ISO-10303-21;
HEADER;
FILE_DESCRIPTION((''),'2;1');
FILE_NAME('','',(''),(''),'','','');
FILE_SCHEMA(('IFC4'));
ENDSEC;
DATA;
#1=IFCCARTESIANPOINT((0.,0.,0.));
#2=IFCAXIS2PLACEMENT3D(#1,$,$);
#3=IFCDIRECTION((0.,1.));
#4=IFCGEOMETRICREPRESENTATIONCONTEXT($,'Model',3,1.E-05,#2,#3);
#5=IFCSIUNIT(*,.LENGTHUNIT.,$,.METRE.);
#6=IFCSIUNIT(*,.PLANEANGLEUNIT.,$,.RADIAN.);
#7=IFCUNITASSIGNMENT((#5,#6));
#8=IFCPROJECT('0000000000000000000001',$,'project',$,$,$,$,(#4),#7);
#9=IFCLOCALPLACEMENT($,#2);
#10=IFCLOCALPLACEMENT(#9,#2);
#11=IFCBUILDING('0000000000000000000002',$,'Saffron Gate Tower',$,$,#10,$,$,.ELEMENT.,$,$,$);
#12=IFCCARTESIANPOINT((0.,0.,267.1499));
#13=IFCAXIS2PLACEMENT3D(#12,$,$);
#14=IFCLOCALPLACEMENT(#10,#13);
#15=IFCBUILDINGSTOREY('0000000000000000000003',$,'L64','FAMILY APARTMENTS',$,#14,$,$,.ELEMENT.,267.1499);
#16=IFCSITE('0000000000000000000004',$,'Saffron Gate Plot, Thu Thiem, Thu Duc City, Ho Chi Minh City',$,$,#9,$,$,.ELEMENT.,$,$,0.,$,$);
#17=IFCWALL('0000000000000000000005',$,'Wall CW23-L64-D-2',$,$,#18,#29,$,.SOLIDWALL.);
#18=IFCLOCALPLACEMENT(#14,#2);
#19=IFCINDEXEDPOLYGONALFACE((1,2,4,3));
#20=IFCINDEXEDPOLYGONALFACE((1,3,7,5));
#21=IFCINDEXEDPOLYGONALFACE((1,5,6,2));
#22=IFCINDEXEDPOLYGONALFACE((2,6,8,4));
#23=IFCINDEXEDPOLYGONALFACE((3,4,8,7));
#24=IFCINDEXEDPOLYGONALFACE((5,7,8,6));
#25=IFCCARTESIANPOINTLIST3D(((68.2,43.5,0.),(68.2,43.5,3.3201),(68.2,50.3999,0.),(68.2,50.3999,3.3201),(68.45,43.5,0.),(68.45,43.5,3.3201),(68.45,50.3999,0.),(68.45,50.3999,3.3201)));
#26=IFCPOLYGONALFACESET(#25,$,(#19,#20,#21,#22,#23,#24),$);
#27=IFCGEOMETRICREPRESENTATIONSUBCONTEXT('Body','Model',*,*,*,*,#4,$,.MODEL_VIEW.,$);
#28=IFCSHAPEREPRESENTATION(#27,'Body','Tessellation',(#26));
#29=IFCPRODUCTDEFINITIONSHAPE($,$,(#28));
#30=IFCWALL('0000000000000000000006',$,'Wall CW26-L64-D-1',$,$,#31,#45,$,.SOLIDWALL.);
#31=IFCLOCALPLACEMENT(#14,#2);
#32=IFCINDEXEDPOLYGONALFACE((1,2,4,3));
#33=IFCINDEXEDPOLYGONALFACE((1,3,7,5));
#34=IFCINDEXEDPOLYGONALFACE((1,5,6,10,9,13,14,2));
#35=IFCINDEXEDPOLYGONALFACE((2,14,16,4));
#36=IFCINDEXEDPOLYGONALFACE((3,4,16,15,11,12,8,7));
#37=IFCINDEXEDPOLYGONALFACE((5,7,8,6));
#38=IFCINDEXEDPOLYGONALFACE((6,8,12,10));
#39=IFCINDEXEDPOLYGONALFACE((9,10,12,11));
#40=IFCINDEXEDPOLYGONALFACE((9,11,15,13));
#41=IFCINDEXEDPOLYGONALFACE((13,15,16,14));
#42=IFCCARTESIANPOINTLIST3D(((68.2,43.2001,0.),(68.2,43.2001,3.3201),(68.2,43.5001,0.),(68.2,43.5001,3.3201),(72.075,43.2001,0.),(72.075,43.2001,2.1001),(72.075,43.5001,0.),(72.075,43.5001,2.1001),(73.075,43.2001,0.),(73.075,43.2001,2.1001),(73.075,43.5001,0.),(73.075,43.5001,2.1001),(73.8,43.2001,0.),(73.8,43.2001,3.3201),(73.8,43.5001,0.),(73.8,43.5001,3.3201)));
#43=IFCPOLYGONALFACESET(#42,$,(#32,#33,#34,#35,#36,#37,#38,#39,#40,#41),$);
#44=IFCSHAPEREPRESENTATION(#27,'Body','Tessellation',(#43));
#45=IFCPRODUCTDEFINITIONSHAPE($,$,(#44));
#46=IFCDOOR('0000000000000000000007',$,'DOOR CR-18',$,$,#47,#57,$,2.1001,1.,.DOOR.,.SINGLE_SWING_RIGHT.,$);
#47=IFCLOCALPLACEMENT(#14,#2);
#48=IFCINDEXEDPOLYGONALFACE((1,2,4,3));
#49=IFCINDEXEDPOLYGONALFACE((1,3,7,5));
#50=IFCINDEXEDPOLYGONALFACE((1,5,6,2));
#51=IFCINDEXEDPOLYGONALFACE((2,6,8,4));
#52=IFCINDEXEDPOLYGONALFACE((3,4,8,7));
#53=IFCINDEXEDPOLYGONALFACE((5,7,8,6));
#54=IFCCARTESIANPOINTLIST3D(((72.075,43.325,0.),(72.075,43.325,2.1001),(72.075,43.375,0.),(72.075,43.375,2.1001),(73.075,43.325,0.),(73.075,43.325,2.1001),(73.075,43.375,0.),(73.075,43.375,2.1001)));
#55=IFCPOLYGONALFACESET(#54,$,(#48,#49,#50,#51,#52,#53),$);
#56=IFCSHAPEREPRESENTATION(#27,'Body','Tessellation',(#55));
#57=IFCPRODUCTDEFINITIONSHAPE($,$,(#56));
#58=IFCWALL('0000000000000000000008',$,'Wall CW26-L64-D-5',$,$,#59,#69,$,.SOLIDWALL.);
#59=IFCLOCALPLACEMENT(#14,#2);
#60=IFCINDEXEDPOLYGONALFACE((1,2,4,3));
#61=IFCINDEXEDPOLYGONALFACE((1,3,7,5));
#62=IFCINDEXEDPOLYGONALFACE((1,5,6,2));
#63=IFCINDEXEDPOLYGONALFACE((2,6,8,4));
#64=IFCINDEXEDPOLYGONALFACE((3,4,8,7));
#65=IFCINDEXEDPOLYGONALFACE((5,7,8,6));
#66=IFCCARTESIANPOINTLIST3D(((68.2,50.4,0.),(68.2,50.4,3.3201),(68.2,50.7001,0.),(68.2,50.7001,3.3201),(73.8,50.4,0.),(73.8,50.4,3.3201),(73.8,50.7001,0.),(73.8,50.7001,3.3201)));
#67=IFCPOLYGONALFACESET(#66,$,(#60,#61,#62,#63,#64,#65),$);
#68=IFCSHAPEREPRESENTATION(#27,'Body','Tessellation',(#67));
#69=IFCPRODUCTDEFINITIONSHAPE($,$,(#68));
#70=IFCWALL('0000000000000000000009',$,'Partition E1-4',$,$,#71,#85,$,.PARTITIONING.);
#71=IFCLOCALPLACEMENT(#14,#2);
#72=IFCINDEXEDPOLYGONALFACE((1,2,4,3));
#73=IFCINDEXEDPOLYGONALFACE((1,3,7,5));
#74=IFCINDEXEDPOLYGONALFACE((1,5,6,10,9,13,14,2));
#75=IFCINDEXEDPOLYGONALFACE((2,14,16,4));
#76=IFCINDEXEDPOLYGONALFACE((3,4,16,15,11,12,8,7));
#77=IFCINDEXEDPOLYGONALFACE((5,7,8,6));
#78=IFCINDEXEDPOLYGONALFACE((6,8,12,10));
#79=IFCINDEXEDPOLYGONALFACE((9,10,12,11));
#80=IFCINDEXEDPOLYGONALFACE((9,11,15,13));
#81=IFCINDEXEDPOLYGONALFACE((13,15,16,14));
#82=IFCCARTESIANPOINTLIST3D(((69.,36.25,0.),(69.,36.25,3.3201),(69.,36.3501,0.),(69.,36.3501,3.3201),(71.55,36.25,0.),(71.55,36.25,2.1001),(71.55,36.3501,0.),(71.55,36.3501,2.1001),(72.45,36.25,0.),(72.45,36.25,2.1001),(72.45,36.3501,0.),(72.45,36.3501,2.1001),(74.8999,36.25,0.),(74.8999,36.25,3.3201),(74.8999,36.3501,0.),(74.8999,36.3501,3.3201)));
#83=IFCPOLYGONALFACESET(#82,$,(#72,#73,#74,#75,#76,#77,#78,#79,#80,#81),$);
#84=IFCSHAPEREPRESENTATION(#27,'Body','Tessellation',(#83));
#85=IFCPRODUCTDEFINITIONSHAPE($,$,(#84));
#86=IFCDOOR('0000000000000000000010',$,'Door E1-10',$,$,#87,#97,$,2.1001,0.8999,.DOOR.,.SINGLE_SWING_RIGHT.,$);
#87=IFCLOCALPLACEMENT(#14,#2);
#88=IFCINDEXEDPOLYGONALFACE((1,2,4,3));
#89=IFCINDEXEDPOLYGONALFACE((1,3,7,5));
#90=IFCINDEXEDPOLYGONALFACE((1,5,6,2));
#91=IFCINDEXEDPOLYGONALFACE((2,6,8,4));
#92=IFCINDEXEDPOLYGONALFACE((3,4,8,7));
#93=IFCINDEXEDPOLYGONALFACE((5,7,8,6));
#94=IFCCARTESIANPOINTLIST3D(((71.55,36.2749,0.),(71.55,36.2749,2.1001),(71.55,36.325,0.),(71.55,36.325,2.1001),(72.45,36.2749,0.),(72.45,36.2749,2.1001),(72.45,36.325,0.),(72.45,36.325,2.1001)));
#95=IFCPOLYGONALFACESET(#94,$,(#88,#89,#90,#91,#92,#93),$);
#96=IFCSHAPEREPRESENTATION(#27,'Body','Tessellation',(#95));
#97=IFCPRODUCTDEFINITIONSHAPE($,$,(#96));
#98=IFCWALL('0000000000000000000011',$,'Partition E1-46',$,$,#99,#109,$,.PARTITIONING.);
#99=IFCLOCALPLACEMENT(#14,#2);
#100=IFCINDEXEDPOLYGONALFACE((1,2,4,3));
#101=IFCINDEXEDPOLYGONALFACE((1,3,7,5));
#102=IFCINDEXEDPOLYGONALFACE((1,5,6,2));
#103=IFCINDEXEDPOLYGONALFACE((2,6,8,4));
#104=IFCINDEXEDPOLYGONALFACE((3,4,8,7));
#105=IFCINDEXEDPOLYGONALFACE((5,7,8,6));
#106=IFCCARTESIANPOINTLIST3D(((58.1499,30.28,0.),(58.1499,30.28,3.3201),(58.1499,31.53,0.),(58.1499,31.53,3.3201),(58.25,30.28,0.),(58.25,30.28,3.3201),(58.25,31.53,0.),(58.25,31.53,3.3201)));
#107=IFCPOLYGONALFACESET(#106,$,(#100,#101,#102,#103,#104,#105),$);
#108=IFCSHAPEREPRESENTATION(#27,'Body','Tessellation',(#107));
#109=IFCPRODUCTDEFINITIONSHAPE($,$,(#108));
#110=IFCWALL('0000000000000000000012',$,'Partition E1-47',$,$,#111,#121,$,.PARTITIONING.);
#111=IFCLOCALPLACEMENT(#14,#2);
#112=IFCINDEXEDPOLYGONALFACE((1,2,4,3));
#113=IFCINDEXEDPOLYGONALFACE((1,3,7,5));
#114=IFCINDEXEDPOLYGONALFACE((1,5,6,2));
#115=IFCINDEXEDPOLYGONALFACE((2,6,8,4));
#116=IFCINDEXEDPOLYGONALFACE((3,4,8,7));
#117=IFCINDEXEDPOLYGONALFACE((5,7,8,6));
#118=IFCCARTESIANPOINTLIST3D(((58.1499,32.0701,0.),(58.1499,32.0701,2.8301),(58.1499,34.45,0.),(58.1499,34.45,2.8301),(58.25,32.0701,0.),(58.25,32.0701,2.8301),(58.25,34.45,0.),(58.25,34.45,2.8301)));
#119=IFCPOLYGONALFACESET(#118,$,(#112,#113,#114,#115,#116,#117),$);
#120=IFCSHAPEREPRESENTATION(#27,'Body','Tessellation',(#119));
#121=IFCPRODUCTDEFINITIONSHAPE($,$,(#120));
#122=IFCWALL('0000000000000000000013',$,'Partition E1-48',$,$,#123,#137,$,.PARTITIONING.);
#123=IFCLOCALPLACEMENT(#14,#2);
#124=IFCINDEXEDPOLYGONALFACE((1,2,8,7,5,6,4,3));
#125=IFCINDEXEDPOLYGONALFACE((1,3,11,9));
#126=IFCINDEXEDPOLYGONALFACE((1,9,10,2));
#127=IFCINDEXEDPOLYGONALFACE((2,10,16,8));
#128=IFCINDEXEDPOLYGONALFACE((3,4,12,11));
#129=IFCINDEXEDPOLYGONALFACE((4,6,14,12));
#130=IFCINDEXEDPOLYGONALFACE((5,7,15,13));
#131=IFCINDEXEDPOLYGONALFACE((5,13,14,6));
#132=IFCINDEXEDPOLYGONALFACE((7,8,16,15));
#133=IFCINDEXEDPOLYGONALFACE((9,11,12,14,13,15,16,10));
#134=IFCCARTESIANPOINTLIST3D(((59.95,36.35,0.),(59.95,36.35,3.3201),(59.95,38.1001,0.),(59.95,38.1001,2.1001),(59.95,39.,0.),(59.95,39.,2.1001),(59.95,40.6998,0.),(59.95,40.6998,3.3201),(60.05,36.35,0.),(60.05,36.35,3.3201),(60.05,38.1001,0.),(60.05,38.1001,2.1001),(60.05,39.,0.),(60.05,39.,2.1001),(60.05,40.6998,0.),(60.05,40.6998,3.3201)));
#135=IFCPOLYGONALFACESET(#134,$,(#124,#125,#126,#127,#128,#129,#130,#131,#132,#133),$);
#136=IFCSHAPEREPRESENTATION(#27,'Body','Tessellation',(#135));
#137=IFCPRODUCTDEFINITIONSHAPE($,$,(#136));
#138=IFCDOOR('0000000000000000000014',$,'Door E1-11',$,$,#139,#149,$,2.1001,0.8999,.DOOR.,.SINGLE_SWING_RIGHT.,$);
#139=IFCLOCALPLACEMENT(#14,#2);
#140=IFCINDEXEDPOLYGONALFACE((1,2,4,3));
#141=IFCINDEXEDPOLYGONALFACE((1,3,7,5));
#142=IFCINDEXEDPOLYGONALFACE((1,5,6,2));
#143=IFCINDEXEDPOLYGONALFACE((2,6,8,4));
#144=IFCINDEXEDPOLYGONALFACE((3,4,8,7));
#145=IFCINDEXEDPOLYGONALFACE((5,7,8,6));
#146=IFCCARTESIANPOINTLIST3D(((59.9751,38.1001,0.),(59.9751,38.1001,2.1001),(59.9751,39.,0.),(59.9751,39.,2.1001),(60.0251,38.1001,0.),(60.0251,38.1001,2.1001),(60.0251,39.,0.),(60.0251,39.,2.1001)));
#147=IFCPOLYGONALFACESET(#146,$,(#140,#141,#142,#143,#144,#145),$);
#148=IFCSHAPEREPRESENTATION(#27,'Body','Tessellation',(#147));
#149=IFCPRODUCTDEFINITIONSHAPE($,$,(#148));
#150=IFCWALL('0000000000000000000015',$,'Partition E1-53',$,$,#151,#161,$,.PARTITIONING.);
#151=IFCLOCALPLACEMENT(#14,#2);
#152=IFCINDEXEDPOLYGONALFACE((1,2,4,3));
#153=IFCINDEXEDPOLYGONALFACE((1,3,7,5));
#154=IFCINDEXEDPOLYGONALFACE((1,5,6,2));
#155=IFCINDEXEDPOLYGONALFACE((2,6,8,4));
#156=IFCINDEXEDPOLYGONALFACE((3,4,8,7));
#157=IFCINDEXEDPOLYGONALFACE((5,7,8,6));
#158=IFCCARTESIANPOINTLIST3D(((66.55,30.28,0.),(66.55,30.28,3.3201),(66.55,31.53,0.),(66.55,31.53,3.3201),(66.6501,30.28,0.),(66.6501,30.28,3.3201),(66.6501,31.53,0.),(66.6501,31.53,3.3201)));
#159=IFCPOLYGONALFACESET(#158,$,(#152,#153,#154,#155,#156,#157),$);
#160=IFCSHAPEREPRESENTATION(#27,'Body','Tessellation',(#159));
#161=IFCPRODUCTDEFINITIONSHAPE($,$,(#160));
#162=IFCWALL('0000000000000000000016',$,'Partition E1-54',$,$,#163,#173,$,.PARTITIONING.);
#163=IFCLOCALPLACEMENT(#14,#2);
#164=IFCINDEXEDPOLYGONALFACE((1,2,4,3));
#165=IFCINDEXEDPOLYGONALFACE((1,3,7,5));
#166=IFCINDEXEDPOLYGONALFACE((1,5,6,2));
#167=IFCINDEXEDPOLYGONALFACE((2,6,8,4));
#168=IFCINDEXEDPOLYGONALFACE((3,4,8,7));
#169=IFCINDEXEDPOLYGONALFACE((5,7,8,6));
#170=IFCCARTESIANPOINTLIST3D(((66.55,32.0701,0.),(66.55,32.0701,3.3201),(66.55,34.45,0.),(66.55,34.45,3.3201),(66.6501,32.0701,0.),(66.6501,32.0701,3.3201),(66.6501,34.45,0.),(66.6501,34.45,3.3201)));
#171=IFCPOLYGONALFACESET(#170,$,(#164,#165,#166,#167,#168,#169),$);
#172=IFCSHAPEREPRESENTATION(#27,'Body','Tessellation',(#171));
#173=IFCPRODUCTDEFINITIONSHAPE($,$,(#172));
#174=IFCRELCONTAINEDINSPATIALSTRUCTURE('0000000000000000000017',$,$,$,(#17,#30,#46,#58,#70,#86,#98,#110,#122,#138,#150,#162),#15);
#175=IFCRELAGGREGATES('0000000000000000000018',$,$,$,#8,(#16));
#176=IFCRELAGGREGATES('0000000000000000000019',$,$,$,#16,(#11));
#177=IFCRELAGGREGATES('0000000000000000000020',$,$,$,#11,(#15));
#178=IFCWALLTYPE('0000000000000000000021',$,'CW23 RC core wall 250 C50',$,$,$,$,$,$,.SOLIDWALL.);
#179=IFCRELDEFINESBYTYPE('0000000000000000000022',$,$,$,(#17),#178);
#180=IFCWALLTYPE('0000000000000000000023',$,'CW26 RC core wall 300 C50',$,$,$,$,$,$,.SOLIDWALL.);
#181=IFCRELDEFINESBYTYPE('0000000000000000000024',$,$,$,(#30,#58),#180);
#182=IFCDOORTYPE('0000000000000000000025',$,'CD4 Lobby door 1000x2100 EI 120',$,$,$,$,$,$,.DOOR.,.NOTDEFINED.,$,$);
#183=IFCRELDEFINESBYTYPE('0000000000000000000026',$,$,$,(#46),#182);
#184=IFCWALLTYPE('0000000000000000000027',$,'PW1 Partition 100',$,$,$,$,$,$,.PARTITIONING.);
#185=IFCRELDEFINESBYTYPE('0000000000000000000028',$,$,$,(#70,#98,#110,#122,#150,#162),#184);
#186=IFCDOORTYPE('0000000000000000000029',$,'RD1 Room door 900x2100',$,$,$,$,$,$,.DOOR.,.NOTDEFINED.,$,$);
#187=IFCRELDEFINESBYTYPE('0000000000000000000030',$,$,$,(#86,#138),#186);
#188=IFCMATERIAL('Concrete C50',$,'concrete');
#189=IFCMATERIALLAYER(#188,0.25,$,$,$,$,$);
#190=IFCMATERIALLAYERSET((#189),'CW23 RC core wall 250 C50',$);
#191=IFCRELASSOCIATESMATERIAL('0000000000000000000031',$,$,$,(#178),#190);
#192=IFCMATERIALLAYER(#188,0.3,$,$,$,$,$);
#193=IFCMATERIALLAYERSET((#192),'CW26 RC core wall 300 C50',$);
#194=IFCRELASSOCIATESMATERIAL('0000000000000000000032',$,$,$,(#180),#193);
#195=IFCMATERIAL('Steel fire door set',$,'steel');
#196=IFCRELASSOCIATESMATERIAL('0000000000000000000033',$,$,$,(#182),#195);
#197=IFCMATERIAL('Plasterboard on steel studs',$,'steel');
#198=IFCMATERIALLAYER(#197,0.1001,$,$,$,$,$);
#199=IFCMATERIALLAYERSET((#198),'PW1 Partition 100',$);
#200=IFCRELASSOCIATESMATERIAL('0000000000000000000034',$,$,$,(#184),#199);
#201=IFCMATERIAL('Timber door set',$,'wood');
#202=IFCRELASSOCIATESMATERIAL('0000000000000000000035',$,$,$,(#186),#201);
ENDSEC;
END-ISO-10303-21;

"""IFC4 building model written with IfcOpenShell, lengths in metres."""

from ifc_helpers import new_model, si_unit, direction, frame, frame_2d, origin, place, context, subcontext, project, spatial, rectangle, extrude, material, layer, layer_set, type_object, element, fill, save


model = new_model("IFC4")

# Units and contexts
model_context = context("Model", 3, precision=1e-05, world=origin(), true_north=direction((0.0, 1.0)))
body_context = subcontext(model_context, "Body", "Model", "MODEL_VIEW")
ifc_project = project(units=[si_unit("LENGTHUNIT", "METRE"), si_unit("PLANEANGLEUNIT", "RADIAN")], contexts=[model_context])

# Site, building, storey
site_placement = place(None, origin())
site = spatial("IfcSite", under=ifc_project, at=site_placement, Name="Saffron Gate Plot, Thu Thiem, Thu Duc City, Ho Chi Minh City", CompositionType="ELEMENT", RefElevation=0.0)
building_placement = place(site_placement, origin())
building = spatial("IfcBuilding", under=site, at=building_placement, Name="Saffron Gate Tower", CompositionType="ELEMENT")
storey_placement = place(building_placement, frame((0.0, 0.0, 267.1499)))
storey = spatial("IfcBuildingStorey", under=building, at=storey_placement, Name="L64", Description="FAMILY APARTMENTS", CompositionType="ELEMENT", Elevation=267.1499)

# Wall
ifc_material_1 = material(Name="Concrete C50", Category="concrete")
ifc_layer_1 = layer(ifc_material_1, 0.25)
ifc_layer_set_1 = layer_set([ifc_layer_1], Name="CW23 RC core wall 250 C50")
wall_type_1 = type_object("IfcWallType", Name="CW23 RC core wall 250 C50", PredefinedType="SOLIDWALL", material=ifc_layer_set_1)
wall_1_placement = place(storey_placement, frame((68.325, 43.5, 0.0), z_axis=(0.0, 0.0, 1.0), x_axis=(0.0, 1.0, 0.0)))
element("IfcWall", 1, at=wall_1_placement, inside=storey, type_object=wall_type_1, Name="Wall CW23-L64-D-2", PredefinedType="SOLIDWALL", context=body_context, shape_type="SweptSolid", body=[
    extrude(rectangle(XDim=6.8999, YDim=0.25, at=frame_2d((3.45, 0.0))), origin(), (0.0, 0.0, 1.0), 3.3201),
])

# Wall, opening, door
ifc_layer_2 = layer(ifc_material_1, 0.3)
ifc_layer_set_2 = layer_set([ifc_layer_2], Name="CW26 RC core wall 300 C50")
wall_type_2 = type_object("IfcWallType", Name="CW26 RC core wall 300 C50", PredefinedType="SOLIDWALL", material=ifc_layer_set_2)
wall_2_placement = place(storey_placement, frame((68.2, 43.3501, 0.0), z_axis=(0.0, 0.0, 1.0), x_axis=(1.0, 0.0, 0.0)))
wall_2 = element("IfcWall", 2, at=wall_2_placement, inside=storey, type_object=wall_type_2, Name="Wall CW26-L64-D-1", PredefinedType="SOLIDWALL", context=body_context, shape_type="SweptSolid", body=[
    extrude(rectangle(XDim=5.6001, YDim=0.3, at=frame_2d((2.8, 0.0))), origin(), (0.0, 0.0, 1.0), 3.3201),
])
opening_1_placement = place(wall_2_placement, frame((3.875, 0.0, 0.0)))
opening_1 = element("IfcOpeningElement", 3, at=opening_1_placement, cuts=wall_2, PredefinedType="OPENING", context=body_context, shape_type="SweptSolid", body=[
    extrude(rectangle(XDim=1.0, YDim=2.1001, at=frame_2d((0.5, 1.05))), frame((0.0, 0.1602, 0.0), z_axis=(0.0, -1.0, 0.0), x_axis=(1.0, 0.0, 0.0)), (0.0, 0.0, 1.0), 0.3201),
])
ifc_material_2 = material(Name="Steel fire door set", Category="steel")
door_type_1 = type_object("IfcDoorType", Name="CD4 Lobby door 1000x2100 EI 120", OperationType="NOTDEFINED", PredefinedType="DOOR", material=ifc_material_2)
door_1_placement = place(opening_1_placement, origin())
door_1 = element("IfcDoor", 4, at=door_1_placement, inside=storey, type_object=door_type_1, Name="DOOR CR-18", OperationType="SINGLE_SWING_RIGHT", OverallHeight=2.1001, OverallWidth=1.0, PredefinedType="DOOR", context=body_context, shape_type="SweptSolid", body=[
    extrude(rectangle(XDim=1.0, YDim=2.1001, at=frame_2d((0.5, 1.05))), frame((0.0, 0.0249, 0.0), z_axis=(0.0, -1.0, 0.0), x_axis=(1.0, 0.0, 0.0)), (0.0, 0.0, 1.0), 0.05),
])
fill(opening_1, door_1)

# Wall
wall_3_placement = place(storey_placement, frame((68.2, 50.55, 0.0), z_axis=(0.0, 0.0, 1.0), x_axis=(1.0, 0.0, 0.0)))
element("IfcWall", 5, at=wall_3_placement, inside=storey, type_object=wall_type_2, Name="Wall CW26-L64-D-5", PredefinedType="SOLIDWALL", context=body_context, shape_type="SweptSolid", body=[
    extrude(rectangle(XDim=5.6001, YDim=0.3, at=frame_2d((2.8, 0.0))), origin(), (0.0, 0.0, 1.0), 3.3201),
])

# Wall, opening, door
ifc_material_3 = material(Name="Plasterboard on steel studs", Category="steel")
ifc_layer_3 = layer(ifc_material_3, 0.1001)
ifc_layer_set_3 = layer_set([ifc_layer_3], Name="PW1 Partition 100")
wall_type_3 = type_object("IfcWallType", Name="PW1 Partition 100", PredefinedType="PARTITIONING", material=ifc_layer_set_3)
wall_4_placement = place(storey_placement, frame((69.0, 36.3, 0.0), z_axis=(0.0, 0.0, 1.0), x_axis=(1.0, 0.0, 0.0)))
wall_4 = element("IfcWall", 6, at=wall_4_placement, inside=storey, type_object=wall_type_3, Name="Partition E1-4", PredefinedType="PARTITIONING", context=body_context, shape_type="SweptSolid", body=[
    extrude(rectangle(XDim=5.8999, YDim=0.1001, at=frame_2d((2.95, 0.0))), origin(), (0.0, 0.0, 1.0), 3.3201),
])
opening_2_placement = place(wall_4_placement, frame((2.55, 0.0, 0.0)))
opening_2 = element("IfcOpeningElement", 7, at=opening_2_placement, cuts=wall_4, PredefinedType="OPENING", context=body_context, shape_type="SweptSolid", body=[
    extrude(rectangle(XDim=0.8999, YDim=2.1001, at=frame_2d((0.45, 1.05))), frame((0.0, 0.0601, 0.0), z_axis=(0.0, -1.0, 0.0), x_axis=(1.0, 0.0, 0.0)), (0.0, 0.0, 1.0), 0.1201),
])
ifc_material_4 = material(Name="Timber door set", Category="wood")
door_type_2 = type_object("IfcDoorType", Name="RD1 Room door 900x2100", OperationType="NOTDEFINED", PredefinedType="DOOR", material=ifc_material_4)
door_2_placement = place(opening_2_placement, origin())
door_2 = element("IfcDoor", 8, at=door_2_placement, inside=storey, type_object=door_type_2, Name="Door E1-10", OperationType="SINGLE_SWING_RIGHT", OverallHeight=2.1001, OverallWidth=0.8999, PredefinedType="DOOR", context=body_context, shape_type="SweptSolid", body=[
    extrude(rectangle(XDim=0.8999, YDim=2.1001, at=frame_2d((0.45, 1.05))), frame((0.0, 0.0249, 0.0), z_axis=(0.0, -1.0, 0.0), x_axis=(1.0, 0.0, 0.0)), (0.0, 0.0, 1.0), 0.05),
])
fill(opening_2, door_2)

# Walls
wall_5_placement = place(storey_placement, frame((58.2, 31.53, 0.0), z_axis=(0.0, 0.0, 1.0), x_axis=(0.0, -1.0, 0.0)))
element("IfcWall", 9, at=wall_5_placement, inside=storey, type_object=wall_type_3, Name="Partition E1-46", PredefinedType="PARTITIONING", context=body_context, shape_type="SweptSolid", body=[
    extrude(rectangle(XDim=1.25, YDim=0.1001, at=frame_2d((0.625, 0.0))), origin(), (0.0, 0.0, 1.0), 3.3201),
])
wall_6_placement = place(storey_placement, frame((58.2, 34.45, 0.0), z_axis=(0.0, 0.0, 1.0), x_axis=(0.0, -1.0, 0.0)))
element("IfcWall", 10, at=wall_6_placement, inside=storey, type_object=wall_type_3, Name="Partition E1-47", PredefinedType="PARTITIONING", context=body_context, shape_type="SweptSolid", body=[
    extrude(rectangle(XDim=2.3799, YDim=0.1001, at=frame_2d((1.1899, 0.0))), origin(), (0.0, 0.0, 1.0), 2.8301),
])

# Wall, opening, door
wall_7_placement = place(storey_placement, frame((60.0, 36.3501, 0.0), z_axis=(0.0, 0.0, 1.0), x_axis=(0.0, 1.0, 0.0)))
wall_7 = element("IfcWall", 11, at=wall_7_placement, inside=storey, type_object=wall_type_3, Name="Partition E1-48", PredefinedType="PARTITIONING", context=body_context, shape_type="SweptSolid", body=[
    extrude(rectangle(XDim=4.3499, YDim=0.1001, at=frame_2d((2.1748, 0.0))), origin(), (0.0, 0.0, 1.0), 3.3201),
])
opening_3_placement = place(wall_7_placement, frame((1.75, 0.0, 0.0)))
opening_3 = element("IfcOpeningElement", 12, at=opening_3_placement, cuts=wall_7, PredefinedType="OPENING", context=body_context, shape_type="SweptSolid", body=[
    extrude(rectangle(XDim=0.8999, YDim=2.1001, at=frame_2d((0.45, 1.05))), frame((0.0, 0.0601, 0.0), z_axis=(0.0, -1.0, 0.0), x_axis=(1.0, 0.0, 0.0)), (0.0, 0.0, 1.0), 0.1201),
])
door_3_placement = place(opening_3_placement, origin())
door_3 = element("IfcDoor", 13, at=door_3_placement, inside=storey, type_object=door_type_2, Name="Door E1-11", OperationType="SINGLE_SWING_RIGHT", OverallHeight=2.1001, OverallWidth=0.8999, PredefinedType="DOOR", context=body_context, shape_type="SweptSolid", body=[
    extrude(rectangle(XDim=0.8999, YDim=2.1001, at=frame_2d((0.45, 1.05))), frame((0.0, 0.0249, 0.0), z_axis=(0.0, -1.0, 0.0), x_axis=(1.0, 0.0, 0.0)), (0.0, 0.0, 1.0), 0.05),
])
fill(opening_3, door_3)

# Walls
wall_8_placement = place(storey_placement, frame((66.6001, 31.53, 0.0), z_axis=(0.0, 0.0, 1.0), x_axis=(0.0, -1.0, 0.0)))
element("IfcWall", 14, at=wall_8_placement, inside=storey, type_object=wall_type_3, Name="Partition E1-53", PredefinedType="PARTITIONING", context=body_context, shape_type="SweptSolid", body=[
    extrude(rectangle(XDim=1.25, YDim=0.1001, at=frame_2d((0.625, 0.0))), origin(), (0.0, 0.0, 1.0), 3.3201),
])
wall_9_placement = place(storey_placement, frame((66.6001, 34.45, 0.0), z_axis=(0.0, 0.0, 1.0), x_axis=(0.0, -1.0, 0.0)))
element("IfcWall", 15, at=wall_9_placement, inside=storey, type_object=wall_type_3, Name="Partition E1-54", PredefinedType="PARTITIONING", context=body_context, shape_type="SweptSolid", body=[
    extrude(rectangle(XDim=2.3799, YDim=0.1001, at=frame_2d((1.1899, 0.0))), origin(), (0.0, 0.0, 1.0), 3.3201),
])

save(model, "model.ifc")
